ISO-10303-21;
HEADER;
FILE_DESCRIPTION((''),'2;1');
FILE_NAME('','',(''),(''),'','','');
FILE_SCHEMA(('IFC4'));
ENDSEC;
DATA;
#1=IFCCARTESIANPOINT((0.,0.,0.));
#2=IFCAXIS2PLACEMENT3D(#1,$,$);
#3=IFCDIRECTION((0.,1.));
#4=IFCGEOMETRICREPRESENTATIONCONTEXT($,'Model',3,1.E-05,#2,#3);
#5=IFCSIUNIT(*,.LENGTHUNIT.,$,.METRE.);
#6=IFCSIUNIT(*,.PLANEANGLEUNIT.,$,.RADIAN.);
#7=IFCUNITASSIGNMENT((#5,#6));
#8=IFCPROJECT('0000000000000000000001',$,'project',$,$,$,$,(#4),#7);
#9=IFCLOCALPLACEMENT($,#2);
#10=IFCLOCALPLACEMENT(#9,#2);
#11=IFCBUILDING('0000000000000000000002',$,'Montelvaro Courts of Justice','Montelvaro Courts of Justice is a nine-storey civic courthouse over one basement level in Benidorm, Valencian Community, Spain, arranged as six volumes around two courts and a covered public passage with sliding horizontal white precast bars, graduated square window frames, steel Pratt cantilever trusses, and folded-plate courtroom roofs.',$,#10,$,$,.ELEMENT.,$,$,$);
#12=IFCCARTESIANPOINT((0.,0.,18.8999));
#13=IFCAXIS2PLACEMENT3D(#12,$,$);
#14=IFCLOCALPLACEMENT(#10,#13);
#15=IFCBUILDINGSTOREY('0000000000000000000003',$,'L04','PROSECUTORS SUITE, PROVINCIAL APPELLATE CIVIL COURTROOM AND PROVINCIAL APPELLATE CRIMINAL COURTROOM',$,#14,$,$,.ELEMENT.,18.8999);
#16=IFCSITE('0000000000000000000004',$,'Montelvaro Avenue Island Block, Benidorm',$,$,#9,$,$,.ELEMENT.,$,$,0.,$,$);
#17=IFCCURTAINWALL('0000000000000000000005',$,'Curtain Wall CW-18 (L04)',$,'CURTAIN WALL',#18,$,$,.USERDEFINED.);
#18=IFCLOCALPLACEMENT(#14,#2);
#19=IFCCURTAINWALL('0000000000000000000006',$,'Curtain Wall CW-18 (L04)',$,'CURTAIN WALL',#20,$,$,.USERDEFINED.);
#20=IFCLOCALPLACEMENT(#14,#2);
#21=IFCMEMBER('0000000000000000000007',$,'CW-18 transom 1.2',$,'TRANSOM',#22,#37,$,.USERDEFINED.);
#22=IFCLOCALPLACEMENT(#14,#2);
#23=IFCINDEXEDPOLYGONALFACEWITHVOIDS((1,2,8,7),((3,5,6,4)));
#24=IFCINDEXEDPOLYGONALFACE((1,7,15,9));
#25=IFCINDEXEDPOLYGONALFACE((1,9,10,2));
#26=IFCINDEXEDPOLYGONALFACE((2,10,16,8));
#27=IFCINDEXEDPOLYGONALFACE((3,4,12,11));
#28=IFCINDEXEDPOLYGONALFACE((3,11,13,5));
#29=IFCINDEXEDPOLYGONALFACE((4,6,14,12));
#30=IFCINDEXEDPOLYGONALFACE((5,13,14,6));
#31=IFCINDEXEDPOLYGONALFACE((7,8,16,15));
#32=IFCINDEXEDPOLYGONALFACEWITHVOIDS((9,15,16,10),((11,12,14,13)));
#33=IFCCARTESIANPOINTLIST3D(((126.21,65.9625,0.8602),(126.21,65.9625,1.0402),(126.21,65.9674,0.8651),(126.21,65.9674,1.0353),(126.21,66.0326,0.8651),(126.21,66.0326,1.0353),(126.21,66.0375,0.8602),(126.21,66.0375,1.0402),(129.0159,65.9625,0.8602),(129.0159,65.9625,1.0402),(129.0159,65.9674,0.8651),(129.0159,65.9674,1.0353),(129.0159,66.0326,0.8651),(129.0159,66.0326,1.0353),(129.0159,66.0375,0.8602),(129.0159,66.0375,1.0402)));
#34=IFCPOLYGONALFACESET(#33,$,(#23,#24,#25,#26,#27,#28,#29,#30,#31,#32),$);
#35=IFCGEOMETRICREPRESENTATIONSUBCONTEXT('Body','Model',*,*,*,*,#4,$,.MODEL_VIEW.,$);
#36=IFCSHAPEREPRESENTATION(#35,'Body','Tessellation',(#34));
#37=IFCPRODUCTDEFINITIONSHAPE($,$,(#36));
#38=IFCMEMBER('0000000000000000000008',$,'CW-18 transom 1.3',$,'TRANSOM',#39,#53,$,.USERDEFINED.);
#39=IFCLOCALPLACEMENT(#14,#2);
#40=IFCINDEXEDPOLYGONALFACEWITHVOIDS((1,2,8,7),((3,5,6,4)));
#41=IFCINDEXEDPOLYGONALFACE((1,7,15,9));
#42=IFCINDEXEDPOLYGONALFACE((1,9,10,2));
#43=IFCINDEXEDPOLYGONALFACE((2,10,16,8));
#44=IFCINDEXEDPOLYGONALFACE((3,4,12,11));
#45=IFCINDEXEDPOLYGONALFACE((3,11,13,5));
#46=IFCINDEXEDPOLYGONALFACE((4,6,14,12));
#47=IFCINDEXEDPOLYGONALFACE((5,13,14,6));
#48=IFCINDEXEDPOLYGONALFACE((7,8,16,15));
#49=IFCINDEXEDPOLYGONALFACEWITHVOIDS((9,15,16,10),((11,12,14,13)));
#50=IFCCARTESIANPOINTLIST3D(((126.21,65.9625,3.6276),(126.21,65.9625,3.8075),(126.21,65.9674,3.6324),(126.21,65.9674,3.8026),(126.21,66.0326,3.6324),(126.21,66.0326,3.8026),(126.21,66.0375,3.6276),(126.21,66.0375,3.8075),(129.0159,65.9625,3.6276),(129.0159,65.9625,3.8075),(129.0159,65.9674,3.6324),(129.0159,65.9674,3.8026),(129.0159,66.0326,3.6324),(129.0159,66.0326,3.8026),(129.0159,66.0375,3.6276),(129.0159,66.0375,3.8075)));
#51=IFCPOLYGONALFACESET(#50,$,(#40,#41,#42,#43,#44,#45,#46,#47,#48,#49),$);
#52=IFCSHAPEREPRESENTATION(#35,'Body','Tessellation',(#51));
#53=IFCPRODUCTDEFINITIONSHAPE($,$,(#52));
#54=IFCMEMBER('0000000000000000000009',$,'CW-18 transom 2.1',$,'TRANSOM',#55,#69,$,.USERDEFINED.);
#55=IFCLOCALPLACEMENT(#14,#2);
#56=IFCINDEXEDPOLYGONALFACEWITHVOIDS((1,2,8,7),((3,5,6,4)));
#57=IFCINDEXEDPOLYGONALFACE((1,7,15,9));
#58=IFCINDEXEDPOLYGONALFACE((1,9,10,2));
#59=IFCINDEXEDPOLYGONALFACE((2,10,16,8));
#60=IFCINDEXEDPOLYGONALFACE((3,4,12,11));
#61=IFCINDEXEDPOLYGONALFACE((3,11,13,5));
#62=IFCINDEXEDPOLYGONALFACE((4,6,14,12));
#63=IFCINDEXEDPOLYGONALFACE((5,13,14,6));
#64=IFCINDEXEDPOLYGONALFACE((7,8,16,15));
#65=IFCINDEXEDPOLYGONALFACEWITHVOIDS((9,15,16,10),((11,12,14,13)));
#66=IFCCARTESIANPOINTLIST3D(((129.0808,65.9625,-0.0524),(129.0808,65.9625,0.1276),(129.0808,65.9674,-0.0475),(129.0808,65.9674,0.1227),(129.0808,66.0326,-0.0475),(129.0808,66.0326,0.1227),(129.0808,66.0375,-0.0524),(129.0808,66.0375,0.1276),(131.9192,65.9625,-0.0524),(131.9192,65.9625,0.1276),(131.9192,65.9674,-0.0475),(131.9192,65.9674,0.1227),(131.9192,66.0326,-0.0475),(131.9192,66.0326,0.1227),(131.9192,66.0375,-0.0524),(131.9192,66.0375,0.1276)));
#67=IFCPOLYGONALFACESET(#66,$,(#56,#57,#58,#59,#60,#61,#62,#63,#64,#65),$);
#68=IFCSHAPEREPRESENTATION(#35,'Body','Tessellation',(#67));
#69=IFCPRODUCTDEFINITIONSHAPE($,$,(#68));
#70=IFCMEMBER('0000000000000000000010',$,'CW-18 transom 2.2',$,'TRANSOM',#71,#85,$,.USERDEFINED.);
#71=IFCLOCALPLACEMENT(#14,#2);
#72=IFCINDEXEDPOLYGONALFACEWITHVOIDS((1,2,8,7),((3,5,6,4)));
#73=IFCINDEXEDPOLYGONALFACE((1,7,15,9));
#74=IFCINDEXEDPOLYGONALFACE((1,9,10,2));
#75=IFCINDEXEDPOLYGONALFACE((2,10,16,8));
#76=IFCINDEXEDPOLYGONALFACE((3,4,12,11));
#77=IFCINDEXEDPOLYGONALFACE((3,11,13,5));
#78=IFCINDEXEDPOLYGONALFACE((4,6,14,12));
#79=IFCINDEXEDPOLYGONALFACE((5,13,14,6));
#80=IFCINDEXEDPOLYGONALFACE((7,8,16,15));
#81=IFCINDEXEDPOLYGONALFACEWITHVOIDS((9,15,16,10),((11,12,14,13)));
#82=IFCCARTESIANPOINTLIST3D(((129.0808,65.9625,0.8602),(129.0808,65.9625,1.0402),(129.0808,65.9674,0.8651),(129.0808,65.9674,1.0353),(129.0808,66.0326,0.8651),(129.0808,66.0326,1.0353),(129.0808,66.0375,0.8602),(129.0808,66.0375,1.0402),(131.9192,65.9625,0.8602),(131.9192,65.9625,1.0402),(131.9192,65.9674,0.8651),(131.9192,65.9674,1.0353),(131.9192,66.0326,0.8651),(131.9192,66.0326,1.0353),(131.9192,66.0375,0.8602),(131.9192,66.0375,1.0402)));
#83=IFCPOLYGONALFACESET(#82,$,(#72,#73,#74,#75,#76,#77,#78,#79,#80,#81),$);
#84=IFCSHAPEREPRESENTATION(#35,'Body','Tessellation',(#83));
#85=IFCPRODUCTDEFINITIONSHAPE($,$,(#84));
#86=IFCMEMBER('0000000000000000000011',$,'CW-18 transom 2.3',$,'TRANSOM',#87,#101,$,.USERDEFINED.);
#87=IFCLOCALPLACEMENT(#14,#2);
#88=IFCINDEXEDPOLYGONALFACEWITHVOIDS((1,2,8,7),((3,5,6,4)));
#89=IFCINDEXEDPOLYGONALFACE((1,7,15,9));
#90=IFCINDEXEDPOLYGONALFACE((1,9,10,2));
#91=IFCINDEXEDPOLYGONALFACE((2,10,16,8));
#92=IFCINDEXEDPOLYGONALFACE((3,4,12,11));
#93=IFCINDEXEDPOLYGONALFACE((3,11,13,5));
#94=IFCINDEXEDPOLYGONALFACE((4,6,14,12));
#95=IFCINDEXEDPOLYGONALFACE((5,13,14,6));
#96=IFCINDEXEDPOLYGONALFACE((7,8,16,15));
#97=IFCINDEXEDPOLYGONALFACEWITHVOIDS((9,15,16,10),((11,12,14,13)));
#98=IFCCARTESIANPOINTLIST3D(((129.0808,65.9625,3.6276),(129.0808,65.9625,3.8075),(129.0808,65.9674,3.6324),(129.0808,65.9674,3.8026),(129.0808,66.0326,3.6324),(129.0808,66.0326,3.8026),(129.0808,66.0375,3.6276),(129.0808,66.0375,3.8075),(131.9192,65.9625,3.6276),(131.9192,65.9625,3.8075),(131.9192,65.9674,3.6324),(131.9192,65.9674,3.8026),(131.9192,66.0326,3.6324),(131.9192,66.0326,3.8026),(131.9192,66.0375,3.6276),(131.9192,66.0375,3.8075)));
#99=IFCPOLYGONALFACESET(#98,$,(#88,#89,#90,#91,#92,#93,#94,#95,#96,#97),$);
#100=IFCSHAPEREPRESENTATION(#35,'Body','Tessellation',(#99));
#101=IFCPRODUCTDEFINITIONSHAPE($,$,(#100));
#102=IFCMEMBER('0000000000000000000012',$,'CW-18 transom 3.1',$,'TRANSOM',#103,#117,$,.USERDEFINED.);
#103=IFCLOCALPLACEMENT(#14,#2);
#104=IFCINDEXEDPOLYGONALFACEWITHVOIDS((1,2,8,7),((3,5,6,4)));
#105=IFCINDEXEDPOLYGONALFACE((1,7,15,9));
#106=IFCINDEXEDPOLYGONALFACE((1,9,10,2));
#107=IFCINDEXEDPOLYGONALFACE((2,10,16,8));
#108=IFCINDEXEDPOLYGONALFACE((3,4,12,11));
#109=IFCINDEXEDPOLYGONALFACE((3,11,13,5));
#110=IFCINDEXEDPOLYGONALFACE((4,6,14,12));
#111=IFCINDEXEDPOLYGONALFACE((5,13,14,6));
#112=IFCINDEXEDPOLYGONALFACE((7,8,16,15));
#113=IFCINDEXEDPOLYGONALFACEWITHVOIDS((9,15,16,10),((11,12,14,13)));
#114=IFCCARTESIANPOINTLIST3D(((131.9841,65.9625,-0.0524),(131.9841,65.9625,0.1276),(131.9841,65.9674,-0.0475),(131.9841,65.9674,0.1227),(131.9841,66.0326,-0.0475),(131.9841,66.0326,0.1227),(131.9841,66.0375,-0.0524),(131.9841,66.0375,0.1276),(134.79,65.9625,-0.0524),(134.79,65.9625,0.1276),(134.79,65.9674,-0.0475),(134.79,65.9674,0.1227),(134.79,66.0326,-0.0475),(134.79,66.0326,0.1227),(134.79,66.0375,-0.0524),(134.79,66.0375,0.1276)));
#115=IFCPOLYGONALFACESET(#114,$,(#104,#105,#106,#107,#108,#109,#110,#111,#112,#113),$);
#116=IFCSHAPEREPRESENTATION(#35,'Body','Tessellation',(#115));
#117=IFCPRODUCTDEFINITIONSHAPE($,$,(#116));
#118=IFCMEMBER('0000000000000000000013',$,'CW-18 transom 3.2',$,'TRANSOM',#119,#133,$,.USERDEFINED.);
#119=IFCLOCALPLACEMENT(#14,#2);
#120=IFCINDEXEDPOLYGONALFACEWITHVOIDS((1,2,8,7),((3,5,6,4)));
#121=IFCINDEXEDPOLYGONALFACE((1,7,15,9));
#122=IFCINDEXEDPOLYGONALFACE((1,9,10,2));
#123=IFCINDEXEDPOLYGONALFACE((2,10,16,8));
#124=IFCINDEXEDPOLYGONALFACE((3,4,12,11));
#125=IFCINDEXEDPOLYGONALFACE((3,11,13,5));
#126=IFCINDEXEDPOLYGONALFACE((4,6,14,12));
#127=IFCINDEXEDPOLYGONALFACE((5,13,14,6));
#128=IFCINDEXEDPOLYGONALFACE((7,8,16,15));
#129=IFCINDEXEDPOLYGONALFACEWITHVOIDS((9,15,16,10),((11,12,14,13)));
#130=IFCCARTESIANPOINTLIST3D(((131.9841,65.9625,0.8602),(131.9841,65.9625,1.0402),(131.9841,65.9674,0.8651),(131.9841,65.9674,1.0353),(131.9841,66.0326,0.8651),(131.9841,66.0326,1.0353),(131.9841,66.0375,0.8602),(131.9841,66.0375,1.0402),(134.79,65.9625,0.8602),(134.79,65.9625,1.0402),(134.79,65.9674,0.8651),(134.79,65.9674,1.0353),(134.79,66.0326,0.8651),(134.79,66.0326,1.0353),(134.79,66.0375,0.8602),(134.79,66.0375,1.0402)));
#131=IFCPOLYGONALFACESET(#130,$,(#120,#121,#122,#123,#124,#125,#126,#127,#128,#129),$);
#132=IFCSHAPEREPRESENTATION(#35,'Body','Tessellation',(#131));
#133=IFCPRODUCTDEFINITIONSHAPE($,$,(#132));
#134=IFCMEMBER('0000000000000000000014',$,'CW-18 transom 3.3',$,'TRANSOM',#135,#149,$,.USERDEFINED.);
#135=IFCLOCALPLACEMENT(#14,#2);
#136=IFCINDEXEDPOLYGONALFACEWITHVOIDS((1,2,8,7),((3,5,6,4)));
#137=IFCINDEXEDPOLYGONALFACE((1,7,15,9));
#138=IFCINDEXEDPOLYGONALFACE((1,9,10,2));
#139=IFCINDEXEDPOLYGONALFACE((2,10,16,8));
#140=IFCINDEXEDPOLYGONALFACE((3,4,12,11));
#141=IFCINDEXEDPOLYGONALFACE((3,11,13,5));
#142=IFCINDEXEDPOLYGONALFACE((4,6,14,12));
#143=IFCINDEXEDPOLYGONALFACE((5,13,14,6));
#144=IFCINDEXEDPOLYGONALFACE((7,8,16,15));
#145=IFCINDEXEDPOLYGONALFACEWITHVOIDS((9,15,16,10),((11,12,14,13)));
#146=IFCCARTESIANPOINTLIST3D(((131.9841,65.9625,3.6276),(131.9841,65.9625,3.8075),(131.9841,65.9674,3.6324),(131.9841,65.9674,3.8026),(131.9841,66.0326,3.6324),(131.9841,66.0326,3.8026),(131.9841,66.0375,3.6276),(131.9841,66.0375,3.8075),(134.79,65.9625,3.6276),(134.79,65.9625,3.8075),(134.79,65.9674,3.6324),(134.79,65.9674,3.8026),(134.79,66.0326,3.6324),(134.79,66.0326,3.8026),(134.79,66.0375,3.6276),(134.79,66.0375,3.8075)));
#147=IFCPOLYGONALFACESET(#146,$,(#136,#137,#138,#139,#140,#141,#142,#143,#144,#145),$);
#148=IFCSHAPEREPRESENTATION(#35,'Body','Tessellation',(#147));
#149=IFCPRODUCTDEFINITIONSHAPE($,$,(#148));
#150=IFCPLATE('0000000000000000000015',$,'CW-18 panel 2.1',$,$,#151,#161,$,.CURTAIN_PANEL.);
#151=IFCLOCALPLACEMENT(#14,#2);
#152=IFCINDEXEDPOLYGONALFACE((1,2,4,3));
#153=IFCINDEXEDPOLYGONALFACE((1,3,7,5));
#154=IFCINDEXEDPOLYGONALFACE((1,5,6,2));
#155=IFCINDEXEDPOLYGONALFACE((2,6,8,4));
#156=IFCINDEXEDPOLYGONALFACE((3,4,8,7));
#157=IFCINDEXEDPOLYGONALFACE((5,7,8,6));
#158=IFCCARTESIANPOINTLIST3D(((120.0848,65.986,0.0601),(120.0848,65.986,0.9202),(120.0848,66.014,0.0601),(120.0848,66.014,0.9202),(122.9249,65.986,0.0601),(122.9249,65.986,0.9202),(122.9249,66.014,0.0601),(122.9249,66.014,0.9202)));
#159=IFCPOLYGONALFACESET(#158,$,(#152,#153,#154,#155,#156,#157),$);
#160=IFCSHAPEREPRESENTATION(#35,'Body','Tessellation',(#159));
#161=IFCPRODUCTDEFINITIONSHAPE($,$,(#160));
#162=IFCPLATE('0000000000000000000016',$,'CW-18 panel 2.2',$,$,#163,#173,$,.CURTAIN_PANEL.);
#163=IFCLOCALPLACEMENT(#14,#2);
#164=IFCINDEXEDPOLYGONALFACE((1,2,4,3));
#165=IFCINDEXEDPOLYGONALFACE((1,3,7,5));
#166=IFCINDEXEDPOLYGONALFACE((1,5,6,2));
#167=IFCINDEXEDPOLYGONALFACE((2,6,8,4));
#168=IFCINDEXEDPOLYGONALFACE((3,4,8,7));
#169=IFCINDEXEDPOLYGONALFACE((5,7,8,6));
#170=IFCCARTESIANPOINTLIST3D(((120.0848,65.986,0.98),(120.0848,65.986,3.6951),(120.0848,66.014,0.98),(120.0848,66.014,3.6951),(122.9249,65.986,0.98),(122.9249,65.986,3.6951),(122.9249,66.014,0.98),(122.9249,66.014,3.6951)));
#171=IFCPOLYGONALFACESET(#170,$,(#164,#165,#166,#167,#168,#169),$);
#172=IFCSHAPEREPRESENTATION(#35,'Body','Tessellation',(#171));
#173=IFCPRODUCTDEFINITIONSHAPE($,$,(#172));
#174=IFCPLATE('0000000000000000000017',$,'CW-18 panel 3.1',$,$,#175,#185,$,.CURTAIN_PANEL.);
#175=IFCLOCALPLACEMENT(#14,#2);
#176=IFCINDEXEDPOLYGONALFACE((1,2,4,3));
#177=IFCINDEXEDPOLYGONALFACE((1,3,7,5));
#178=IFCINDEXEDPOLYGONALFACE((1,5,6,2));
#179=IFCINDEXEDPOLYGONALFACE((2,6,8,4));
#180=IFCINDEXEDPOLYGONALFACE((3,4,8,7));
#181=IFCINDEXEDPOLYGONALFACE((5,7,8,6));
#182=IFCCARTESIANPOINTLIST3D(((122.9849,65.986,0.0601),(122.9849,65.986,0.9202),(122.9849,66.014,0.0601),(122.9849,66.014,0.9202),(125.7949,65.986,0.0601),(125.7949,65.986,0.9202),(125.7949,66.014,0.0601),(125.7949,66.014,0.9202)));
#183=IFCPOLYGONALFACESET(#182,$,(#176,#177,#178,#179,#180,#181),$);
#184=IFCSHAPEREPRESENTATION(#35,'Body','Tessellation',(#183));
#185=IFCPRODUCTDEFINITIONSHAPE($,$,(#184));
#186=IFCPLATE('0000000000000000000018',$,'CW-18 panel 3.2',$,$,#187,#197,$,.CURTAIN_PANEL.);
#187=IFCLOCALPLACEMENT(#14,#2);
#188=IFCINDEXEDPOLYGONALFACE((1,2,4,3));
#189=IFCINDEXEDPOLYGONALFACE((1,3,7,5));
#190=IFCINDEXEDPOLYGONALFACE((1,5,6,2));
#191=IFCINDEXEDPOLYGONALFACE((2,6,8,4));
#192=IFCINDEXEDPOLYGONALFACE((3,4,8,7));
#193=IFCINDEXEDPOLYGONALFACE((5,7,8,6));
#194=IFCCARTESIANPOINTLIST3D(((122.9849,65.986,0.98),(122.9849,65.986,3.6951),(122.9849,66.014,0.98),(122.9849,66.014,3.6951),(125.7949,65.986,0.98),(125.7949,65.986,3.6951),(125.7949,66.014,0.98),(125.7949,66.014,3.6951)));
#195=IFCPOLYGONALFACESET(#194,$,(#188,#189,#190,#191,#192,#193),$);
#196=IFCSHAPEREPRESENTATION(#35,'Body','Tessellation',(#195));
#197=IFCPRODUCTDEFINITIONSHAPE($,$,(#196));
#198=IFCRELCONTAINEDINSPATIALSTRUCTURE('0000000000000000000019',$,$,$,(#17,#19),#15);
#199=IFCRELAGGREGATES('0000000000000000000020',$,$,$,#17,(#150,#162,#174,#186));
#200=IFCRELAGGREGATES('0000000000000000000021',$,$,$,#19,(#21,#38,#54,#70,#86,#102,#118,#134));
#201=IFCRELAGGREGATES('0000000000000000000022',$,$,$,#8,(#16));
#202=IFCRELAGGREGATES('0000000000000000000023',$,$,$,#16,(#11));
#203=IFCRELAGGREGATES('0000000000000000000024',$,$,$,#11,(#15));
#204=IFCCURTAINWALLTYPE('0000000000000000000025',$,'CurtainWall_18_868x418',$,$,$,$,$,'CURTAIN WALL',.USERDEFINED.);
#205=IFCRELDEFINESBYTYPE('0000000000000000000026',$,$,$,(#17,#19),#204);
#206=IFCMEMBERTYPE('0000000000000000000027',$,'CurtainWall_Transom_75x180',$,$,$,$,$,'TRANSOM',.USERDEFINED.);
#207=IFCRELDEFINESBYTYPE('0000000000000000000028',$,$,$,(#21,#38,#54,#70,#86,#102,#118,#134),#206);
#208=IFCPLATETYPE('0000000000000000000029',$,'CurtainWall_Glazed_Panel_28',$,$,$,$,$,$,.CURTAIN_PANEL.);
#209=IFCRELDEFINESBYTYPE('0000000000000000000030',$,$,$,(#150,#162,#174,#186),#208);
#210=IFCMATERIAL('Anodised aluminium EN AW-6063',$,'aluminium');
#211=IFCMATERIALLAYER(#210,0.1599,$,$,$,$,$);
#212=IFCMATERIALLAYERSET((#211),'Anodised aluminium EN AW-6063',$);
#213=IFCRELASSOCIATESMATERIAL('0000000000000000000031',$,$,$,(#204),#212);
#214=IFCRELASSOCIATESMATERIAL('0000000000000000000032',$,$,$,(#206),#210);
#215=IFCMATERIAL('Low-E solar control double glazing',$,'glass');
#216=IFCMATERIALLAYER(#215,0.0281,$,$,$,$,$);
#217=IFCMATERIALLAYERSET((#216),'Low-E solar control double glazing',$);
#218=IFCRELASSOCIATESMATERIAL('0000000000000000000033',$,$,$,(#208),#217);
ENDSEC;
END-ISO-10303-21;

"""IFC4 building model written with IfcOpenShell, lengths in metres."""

from ifc_helpers import new_model, si_unit, direction, frame, origin, origin_2d, place, context, subcontext, project, spatial, rectangle, hollow_rectangle, extrude, material, layer, layer_set, material_profile, profile_set, type_object, element, aggregate, save


model = new_model("IFC4")

# Units and contexts
model_context = context("Model", 3, precision=1e-05, world=origin(), true_north=direction((0.0, 1.0)))
body_context = subcontext(model_context, "Body", "Model", "MODEL_VIEW")
ifc_project = project(units=[si_unit("LENGTHUNIT", "METRE"), si_unit("PLANEANGLEUNIT", "RADIAN")], contexts=[model_context])

# Site, building, storey
site_placement = place(None, origin())
site = spatial("IfcSite", under=ifc_project, at=site_placement, Name="Montelvaro Avenue Island Block, Benidorm", CompositionType="ELEMENT", RefElevation=0.0)
building_placement = place(site_placement, origin())
building = spatial("IfcBuilding", under=site, at=building_placement, Name="Montelvaro Courts of Justice", Description="Montelvaro Courts of Justice is a nine-storey civic courthouse over one basement level in Benidorm, Valencian Community, Spain, arranged as six volumes around two courts and a covered public passage with sliding horizontal white precast bars, graduated square window frames, steel Pratt cantilever trusses, and folded-plate courtroom roofs.", CompositionType="ELEMENT")
storey_placement = place(building_placement, frame((0.0, 0.0, 18.8999)))
storey = spatial("IfcBuildingStorey", under=building, at=storey_placement, Name="L04", Description="PROSECUTORS SUITE, PROVINCIAL APPELLATE CIVIL COURTROOM AND PROVINCIAL APPELLATE CRIMINAL COURTROOM", CompositionType="ELEMENT", Elevation=18.8999)

# Curtain walls
ifc_material_1 = material(Name="Anodised aluminium EN AW-6063", Category="aluminium")
ifc_layer_1 = layer(ifc_material_1, 0.1599)
ifc_layer_set_1 = layer_set([ifc_layer_1], Name="Anodised aluminium EN AW-6063")
curtain_wall_type = type_object("IfcCurtainWallType", Name="CurtainWall_18_868x418", ElementType="CURTAIN WALL", PredefinedType="USERDEFINED", material=ifc_layer_set_1)
curtain_wall_1_placement = place(storey_placement, origin())
curtain_wall_1 = element("IfcCurtainWall", 1, at=curtain_wall_1_placement, inside=storey, type_object=curtain_wall_type, Name="Curtain Wall CW-18 (L04)", ObjectType="CURTAIN WALL", PredefinedType="USERDEFINED")
curtain_wall_2_placement = place(storey_placement, origin())
curtain_wall_2 = element("IfcCurtainWall", 2, at=curtain_wall_2_placement, inside=storey, type_object=curtain_wall_type, Name="Curtain Wall CW-18 (L04)", ObjectType="CURTAIN WALL", PredefinedType="USERDEFINED")

# Members
ifc_material_profile_1 = material_profile(ifc_material_1, hollow_rectangle(XDim=0.075, YDim=0.1799, WallThickness=0.0049, at=origin_2d()), Name="ALU-T 75x180")
ifc_profile_set_1 = profile_set([ifc_material_profile_1], Name="Anodised aluminium EN AW-6063")
member_type_1 = type_object("IfcMemberType", Name="CurtainWall_Transom_75x180", ElementType="TRANSOM", PredefinedType="USERDEFINED", material=ifc_profile_set_1)
member_1_placement = place(storey_placement, frame((126.21, 66.0, 0.9502), z_axis=(1.0, 0.0, 0.0), x_axis=(0.0, 1.0, 0.0)))
member_1 = element("IfcMember", 3, at=member_1_placement, type_object=member_type_1, Name="CW-18 transom 1.2", ObjectType="TRANSOM", PredefinedType="USERDEFINED", context=body_context, shape_type="SweptSolid", body=[
    extrude(hollow_rectangle(XDim=0.075, YDim=0.1799, WallThickness=0.0049, at=origin_2d()), origin(), (0.0, 0.0, 1.0), 2.8059),
])
member_2_placement = place(storey_placement, frame((126.21, 66.0, 3.7175), z_axis=(1.0, 0.0, 0.0), x_axis=(0.0, 1.0, 0.0)))
member_2 = element("IfcMember", 4, at=member_2_placement, type_object=member_type_1, Name="CW-18 transom 1.3", ObjectType="TRANSOM", PredefinedType="USERDEFINED", context=body_context, shape_type="SweptSolid", body=[
    extrude(hollow_rectangle(XDim=0.075, YDim=0.1799, WallThickness=0.0049, at=origin_2d()), origin(), (0.0, 0.0, 1.0), 2.8059),
])
member_3_placement = place(storey_placement, frame((129.0808, 66.0, 0.0376), z_axis=(1.0, 0.0, 0.0), x_axis=(0.0, 1.0, 0.0)))
member_3 = element("IfcMember", 5, at=member_3_placement, type_object=member_type_1, Name="CW-18 transom 2.1", ObjectType="TRANSOM", PredefinedType="USERDEFINED", context=body_context, shape_type="SweptSolid", body=[
    extrude(hollow_rectangle(XDim=0.075, YDim=0.1799, WallThickness=0.0049, at=origin_2d()), origin(), (0.0, 0.0, 1.0), 2.8384),
])
member_4_placement = place(storey_placement, frame((129.0808, 66.0, 0.9502), z_axis=(1.0, 0.0, 0.0), x_axis=(0.0, 1.0, 0.0)))
member_4 = element("IfcMember", 6, at=member_4_placement, type_object=member_type_1, Name="CW-18 transom 2.2", ObjectType="TRANSOM", PredefinedType="USERDEFINED", context=body_context, shape_type="SweptSolid", body=[
    extrude(hollow_rectangle(XDim=0.075, YDim=0.1799, WallThickness=0.0049, at=origin_2d()), origin(), (0.0, 0.0, 1.0), 2.8384),
])
member_5_placement = place(storey_placement, frame((129.0808, 66.0, 3.7175), z_axis=(1.0, 0.0, 0.0), x_axis=(0.0, 1.0, 0.0)))
member_5 = element("IfcMember", 7, at=member_5_placement, type_object=member_type_1, Name="CW-18 transom 2.3", ObjectType="TRANSOM", PredefinedType="USERDEFINED", context=body_context, shape_type="SweptSolid", body=[
    extrude(hollow_rectangle(XDim=0.075, YDim=0.1799, WallThickness=0.0049, at=origin_2d()), origin(), (0.0, 0.0, 1.0), 2.8384),
])
member_6_placement = place(storey_placement, frame((131.9841, 66.0, 0.0376), z_axis=(1.0, 0.0, 0.0), x_axis=(0.0, 1.0, 0.0)))
member_6 = element("IfcMember", 8, at=member_6_placement, type_object=member_type_1, Name="CW-18 transom 3.1", ObjectType="TRANSOM", PredefinedType="USERDEFINED", context=body_context, shape_type="SweptSolid", body=[
    extrude(hollow_rectangle(XDim=0.075, YDim=0.1799, WallThickness=0.0049, at=origin_2d()), origin(), (0.0, 0.0, 1.0), 2.8059),
])
member_7_placement = place(storey_placement, frame((131.9841, 66.0, 0.9502), z_axis=(1.0, 0.0, 0.0), x_axis=(0.0, 1.0, 0.0)))
member_7 = element("IfcMember", 9, at=member_7_placement, type_object=member_type_1, Name="CW-18 transom 3.2", ObjectType="TRANSOM", PredefinedType="USERDEFINED", context=body_context, shape_type="SweptSolid", body=[
    extrude(hollow_rectangle(XDim=0.075, YDim=0.1799, WallThickness=0.0049, at=origin_2d()), origin(), (0.0, 0.0, 1.0), 2.8059),
])
member_8_placement = place(storey_placement, frame((131.9841, 66.0, 3.7175), z_axis=(1.0, 0.0, 0.0), x_axis=(0.0, 1.0, 0.0)))
member_8 = element("IfcMember", 10, at=member_8_placement, type_object=member_type_1, Name="CW-18 transom 3.3", ObjectType="TRANSOM", PredefinedType="USERDEFINED", context=body_context, shape_type="SweptSolid", body=[
    extrude(hollow_rectangle(XDim=0.075, YDim=0.1799, WallThickness=0.0049, at=origin_2d()), origin(), (0.0, 0.0, 1.0), 2.8059),
])

# Plates
ifc_material_2 = material(Name="Low-E solar control double glazing", Category="glass")
ifc_layer_2 = layer(ifc_material_2, 0.0281)
ifc_layer_set_2 = layer_set([ifc_layer_2], Name="Low-E solar control double glazing")
plate_type = type_object("IfcPlateType", Name="CurtainWall_Glazed_Panel_28", PredefinedType="CURTAIN_PANEL", material=ifc_layer_set_2)
plate_1_placement = place(storey_placement, frame((121.5049, 66.0, 0.0601), z_axis=(0.0, 0.0, 1.0), x_axis=(1.0, 0.0, 0.0)))
plate_1 = element("IfcPlate", 11, at=plate_1_placement, type_object=plate_type, Name="CW-18 panel 2.1", PredefinedType="CURTAIN_PANEL", context=body_context, shape_type="SweptSolid", body=[
    extrude(rectangle(XDim=2.8401, YDim=0.0281, at=origin_2d()), origin(), (0.0, 0.0, 1.0), 0.8601),
])
plate_2_placement = place(storey_placement, frame((121.5049, 66.0, 0.98), z_axis=(0.0, 0.0, 1.0), x_axis=(1.0, 0.0, 0.0)))
plate_2 = element("IfcPlate", 12, at=plate_2_placement, type_object=plate_type, Name="CW-18 panel 2.2", PredefinedType="CURTAIN_PANEL", context=body_context, shape_type="SweptSolid", body=[
    extrude(rectangle(XDim=2.8401, YDim=0.0281, at=origin_2d()), origin(), (0.0, 0.0, 1.0), 2.7151),
])
plate_3_placement = place(storey_placement, frame((124.3899, 66.0, 0.0601), z_axis=(0.0, 0.0, 1.0), x_axis=(1.0, 0.0, 0.0)))
plate_3 = element("IfcPlate", 13, at=plate_3_placement, type_object=plate_type, Name="CW-18 panel 3.1", PredefinedType="CURTAIN_PANEL", context=body_context, shape_type="SweptSolid", body=[
    extrude(rectangle(XDim=2.8101, YDim=0.0281, at=origin_2d()), origin(), (0.0, 0.0, 1.0), 0.8601),
])
plate_4_placement = place(storey_placement, frame((124.3899, 66.0, 0.98), z_axis=(0.0, 0.0, 1.0), x_axis=(1.0, 0.0, 0.0)))
plate_4 = element("IfcPlate", 14, at=plate_4_placement, type_object=plate_type, Name="CW-18 panel 3.2", PredefinedType="CURTAIN_PANEL", context=body_context, shape_type="SweptSolid", body=[
    extrude(rectangle(XDim=2.8101, YDim=0.0281, at=origin_2d()), origin(), (0.0, 0.0, 1.0), 2.7151),
])
aggregate(curtain_wall_1, [plate_1, plate_2, plate_3, plate_4])
aggregate(curtain_wall_2, [member_1, member_2, member_3, member_4, member_5, member_6, member_7, member_8])

save(model, "model.ifc")
